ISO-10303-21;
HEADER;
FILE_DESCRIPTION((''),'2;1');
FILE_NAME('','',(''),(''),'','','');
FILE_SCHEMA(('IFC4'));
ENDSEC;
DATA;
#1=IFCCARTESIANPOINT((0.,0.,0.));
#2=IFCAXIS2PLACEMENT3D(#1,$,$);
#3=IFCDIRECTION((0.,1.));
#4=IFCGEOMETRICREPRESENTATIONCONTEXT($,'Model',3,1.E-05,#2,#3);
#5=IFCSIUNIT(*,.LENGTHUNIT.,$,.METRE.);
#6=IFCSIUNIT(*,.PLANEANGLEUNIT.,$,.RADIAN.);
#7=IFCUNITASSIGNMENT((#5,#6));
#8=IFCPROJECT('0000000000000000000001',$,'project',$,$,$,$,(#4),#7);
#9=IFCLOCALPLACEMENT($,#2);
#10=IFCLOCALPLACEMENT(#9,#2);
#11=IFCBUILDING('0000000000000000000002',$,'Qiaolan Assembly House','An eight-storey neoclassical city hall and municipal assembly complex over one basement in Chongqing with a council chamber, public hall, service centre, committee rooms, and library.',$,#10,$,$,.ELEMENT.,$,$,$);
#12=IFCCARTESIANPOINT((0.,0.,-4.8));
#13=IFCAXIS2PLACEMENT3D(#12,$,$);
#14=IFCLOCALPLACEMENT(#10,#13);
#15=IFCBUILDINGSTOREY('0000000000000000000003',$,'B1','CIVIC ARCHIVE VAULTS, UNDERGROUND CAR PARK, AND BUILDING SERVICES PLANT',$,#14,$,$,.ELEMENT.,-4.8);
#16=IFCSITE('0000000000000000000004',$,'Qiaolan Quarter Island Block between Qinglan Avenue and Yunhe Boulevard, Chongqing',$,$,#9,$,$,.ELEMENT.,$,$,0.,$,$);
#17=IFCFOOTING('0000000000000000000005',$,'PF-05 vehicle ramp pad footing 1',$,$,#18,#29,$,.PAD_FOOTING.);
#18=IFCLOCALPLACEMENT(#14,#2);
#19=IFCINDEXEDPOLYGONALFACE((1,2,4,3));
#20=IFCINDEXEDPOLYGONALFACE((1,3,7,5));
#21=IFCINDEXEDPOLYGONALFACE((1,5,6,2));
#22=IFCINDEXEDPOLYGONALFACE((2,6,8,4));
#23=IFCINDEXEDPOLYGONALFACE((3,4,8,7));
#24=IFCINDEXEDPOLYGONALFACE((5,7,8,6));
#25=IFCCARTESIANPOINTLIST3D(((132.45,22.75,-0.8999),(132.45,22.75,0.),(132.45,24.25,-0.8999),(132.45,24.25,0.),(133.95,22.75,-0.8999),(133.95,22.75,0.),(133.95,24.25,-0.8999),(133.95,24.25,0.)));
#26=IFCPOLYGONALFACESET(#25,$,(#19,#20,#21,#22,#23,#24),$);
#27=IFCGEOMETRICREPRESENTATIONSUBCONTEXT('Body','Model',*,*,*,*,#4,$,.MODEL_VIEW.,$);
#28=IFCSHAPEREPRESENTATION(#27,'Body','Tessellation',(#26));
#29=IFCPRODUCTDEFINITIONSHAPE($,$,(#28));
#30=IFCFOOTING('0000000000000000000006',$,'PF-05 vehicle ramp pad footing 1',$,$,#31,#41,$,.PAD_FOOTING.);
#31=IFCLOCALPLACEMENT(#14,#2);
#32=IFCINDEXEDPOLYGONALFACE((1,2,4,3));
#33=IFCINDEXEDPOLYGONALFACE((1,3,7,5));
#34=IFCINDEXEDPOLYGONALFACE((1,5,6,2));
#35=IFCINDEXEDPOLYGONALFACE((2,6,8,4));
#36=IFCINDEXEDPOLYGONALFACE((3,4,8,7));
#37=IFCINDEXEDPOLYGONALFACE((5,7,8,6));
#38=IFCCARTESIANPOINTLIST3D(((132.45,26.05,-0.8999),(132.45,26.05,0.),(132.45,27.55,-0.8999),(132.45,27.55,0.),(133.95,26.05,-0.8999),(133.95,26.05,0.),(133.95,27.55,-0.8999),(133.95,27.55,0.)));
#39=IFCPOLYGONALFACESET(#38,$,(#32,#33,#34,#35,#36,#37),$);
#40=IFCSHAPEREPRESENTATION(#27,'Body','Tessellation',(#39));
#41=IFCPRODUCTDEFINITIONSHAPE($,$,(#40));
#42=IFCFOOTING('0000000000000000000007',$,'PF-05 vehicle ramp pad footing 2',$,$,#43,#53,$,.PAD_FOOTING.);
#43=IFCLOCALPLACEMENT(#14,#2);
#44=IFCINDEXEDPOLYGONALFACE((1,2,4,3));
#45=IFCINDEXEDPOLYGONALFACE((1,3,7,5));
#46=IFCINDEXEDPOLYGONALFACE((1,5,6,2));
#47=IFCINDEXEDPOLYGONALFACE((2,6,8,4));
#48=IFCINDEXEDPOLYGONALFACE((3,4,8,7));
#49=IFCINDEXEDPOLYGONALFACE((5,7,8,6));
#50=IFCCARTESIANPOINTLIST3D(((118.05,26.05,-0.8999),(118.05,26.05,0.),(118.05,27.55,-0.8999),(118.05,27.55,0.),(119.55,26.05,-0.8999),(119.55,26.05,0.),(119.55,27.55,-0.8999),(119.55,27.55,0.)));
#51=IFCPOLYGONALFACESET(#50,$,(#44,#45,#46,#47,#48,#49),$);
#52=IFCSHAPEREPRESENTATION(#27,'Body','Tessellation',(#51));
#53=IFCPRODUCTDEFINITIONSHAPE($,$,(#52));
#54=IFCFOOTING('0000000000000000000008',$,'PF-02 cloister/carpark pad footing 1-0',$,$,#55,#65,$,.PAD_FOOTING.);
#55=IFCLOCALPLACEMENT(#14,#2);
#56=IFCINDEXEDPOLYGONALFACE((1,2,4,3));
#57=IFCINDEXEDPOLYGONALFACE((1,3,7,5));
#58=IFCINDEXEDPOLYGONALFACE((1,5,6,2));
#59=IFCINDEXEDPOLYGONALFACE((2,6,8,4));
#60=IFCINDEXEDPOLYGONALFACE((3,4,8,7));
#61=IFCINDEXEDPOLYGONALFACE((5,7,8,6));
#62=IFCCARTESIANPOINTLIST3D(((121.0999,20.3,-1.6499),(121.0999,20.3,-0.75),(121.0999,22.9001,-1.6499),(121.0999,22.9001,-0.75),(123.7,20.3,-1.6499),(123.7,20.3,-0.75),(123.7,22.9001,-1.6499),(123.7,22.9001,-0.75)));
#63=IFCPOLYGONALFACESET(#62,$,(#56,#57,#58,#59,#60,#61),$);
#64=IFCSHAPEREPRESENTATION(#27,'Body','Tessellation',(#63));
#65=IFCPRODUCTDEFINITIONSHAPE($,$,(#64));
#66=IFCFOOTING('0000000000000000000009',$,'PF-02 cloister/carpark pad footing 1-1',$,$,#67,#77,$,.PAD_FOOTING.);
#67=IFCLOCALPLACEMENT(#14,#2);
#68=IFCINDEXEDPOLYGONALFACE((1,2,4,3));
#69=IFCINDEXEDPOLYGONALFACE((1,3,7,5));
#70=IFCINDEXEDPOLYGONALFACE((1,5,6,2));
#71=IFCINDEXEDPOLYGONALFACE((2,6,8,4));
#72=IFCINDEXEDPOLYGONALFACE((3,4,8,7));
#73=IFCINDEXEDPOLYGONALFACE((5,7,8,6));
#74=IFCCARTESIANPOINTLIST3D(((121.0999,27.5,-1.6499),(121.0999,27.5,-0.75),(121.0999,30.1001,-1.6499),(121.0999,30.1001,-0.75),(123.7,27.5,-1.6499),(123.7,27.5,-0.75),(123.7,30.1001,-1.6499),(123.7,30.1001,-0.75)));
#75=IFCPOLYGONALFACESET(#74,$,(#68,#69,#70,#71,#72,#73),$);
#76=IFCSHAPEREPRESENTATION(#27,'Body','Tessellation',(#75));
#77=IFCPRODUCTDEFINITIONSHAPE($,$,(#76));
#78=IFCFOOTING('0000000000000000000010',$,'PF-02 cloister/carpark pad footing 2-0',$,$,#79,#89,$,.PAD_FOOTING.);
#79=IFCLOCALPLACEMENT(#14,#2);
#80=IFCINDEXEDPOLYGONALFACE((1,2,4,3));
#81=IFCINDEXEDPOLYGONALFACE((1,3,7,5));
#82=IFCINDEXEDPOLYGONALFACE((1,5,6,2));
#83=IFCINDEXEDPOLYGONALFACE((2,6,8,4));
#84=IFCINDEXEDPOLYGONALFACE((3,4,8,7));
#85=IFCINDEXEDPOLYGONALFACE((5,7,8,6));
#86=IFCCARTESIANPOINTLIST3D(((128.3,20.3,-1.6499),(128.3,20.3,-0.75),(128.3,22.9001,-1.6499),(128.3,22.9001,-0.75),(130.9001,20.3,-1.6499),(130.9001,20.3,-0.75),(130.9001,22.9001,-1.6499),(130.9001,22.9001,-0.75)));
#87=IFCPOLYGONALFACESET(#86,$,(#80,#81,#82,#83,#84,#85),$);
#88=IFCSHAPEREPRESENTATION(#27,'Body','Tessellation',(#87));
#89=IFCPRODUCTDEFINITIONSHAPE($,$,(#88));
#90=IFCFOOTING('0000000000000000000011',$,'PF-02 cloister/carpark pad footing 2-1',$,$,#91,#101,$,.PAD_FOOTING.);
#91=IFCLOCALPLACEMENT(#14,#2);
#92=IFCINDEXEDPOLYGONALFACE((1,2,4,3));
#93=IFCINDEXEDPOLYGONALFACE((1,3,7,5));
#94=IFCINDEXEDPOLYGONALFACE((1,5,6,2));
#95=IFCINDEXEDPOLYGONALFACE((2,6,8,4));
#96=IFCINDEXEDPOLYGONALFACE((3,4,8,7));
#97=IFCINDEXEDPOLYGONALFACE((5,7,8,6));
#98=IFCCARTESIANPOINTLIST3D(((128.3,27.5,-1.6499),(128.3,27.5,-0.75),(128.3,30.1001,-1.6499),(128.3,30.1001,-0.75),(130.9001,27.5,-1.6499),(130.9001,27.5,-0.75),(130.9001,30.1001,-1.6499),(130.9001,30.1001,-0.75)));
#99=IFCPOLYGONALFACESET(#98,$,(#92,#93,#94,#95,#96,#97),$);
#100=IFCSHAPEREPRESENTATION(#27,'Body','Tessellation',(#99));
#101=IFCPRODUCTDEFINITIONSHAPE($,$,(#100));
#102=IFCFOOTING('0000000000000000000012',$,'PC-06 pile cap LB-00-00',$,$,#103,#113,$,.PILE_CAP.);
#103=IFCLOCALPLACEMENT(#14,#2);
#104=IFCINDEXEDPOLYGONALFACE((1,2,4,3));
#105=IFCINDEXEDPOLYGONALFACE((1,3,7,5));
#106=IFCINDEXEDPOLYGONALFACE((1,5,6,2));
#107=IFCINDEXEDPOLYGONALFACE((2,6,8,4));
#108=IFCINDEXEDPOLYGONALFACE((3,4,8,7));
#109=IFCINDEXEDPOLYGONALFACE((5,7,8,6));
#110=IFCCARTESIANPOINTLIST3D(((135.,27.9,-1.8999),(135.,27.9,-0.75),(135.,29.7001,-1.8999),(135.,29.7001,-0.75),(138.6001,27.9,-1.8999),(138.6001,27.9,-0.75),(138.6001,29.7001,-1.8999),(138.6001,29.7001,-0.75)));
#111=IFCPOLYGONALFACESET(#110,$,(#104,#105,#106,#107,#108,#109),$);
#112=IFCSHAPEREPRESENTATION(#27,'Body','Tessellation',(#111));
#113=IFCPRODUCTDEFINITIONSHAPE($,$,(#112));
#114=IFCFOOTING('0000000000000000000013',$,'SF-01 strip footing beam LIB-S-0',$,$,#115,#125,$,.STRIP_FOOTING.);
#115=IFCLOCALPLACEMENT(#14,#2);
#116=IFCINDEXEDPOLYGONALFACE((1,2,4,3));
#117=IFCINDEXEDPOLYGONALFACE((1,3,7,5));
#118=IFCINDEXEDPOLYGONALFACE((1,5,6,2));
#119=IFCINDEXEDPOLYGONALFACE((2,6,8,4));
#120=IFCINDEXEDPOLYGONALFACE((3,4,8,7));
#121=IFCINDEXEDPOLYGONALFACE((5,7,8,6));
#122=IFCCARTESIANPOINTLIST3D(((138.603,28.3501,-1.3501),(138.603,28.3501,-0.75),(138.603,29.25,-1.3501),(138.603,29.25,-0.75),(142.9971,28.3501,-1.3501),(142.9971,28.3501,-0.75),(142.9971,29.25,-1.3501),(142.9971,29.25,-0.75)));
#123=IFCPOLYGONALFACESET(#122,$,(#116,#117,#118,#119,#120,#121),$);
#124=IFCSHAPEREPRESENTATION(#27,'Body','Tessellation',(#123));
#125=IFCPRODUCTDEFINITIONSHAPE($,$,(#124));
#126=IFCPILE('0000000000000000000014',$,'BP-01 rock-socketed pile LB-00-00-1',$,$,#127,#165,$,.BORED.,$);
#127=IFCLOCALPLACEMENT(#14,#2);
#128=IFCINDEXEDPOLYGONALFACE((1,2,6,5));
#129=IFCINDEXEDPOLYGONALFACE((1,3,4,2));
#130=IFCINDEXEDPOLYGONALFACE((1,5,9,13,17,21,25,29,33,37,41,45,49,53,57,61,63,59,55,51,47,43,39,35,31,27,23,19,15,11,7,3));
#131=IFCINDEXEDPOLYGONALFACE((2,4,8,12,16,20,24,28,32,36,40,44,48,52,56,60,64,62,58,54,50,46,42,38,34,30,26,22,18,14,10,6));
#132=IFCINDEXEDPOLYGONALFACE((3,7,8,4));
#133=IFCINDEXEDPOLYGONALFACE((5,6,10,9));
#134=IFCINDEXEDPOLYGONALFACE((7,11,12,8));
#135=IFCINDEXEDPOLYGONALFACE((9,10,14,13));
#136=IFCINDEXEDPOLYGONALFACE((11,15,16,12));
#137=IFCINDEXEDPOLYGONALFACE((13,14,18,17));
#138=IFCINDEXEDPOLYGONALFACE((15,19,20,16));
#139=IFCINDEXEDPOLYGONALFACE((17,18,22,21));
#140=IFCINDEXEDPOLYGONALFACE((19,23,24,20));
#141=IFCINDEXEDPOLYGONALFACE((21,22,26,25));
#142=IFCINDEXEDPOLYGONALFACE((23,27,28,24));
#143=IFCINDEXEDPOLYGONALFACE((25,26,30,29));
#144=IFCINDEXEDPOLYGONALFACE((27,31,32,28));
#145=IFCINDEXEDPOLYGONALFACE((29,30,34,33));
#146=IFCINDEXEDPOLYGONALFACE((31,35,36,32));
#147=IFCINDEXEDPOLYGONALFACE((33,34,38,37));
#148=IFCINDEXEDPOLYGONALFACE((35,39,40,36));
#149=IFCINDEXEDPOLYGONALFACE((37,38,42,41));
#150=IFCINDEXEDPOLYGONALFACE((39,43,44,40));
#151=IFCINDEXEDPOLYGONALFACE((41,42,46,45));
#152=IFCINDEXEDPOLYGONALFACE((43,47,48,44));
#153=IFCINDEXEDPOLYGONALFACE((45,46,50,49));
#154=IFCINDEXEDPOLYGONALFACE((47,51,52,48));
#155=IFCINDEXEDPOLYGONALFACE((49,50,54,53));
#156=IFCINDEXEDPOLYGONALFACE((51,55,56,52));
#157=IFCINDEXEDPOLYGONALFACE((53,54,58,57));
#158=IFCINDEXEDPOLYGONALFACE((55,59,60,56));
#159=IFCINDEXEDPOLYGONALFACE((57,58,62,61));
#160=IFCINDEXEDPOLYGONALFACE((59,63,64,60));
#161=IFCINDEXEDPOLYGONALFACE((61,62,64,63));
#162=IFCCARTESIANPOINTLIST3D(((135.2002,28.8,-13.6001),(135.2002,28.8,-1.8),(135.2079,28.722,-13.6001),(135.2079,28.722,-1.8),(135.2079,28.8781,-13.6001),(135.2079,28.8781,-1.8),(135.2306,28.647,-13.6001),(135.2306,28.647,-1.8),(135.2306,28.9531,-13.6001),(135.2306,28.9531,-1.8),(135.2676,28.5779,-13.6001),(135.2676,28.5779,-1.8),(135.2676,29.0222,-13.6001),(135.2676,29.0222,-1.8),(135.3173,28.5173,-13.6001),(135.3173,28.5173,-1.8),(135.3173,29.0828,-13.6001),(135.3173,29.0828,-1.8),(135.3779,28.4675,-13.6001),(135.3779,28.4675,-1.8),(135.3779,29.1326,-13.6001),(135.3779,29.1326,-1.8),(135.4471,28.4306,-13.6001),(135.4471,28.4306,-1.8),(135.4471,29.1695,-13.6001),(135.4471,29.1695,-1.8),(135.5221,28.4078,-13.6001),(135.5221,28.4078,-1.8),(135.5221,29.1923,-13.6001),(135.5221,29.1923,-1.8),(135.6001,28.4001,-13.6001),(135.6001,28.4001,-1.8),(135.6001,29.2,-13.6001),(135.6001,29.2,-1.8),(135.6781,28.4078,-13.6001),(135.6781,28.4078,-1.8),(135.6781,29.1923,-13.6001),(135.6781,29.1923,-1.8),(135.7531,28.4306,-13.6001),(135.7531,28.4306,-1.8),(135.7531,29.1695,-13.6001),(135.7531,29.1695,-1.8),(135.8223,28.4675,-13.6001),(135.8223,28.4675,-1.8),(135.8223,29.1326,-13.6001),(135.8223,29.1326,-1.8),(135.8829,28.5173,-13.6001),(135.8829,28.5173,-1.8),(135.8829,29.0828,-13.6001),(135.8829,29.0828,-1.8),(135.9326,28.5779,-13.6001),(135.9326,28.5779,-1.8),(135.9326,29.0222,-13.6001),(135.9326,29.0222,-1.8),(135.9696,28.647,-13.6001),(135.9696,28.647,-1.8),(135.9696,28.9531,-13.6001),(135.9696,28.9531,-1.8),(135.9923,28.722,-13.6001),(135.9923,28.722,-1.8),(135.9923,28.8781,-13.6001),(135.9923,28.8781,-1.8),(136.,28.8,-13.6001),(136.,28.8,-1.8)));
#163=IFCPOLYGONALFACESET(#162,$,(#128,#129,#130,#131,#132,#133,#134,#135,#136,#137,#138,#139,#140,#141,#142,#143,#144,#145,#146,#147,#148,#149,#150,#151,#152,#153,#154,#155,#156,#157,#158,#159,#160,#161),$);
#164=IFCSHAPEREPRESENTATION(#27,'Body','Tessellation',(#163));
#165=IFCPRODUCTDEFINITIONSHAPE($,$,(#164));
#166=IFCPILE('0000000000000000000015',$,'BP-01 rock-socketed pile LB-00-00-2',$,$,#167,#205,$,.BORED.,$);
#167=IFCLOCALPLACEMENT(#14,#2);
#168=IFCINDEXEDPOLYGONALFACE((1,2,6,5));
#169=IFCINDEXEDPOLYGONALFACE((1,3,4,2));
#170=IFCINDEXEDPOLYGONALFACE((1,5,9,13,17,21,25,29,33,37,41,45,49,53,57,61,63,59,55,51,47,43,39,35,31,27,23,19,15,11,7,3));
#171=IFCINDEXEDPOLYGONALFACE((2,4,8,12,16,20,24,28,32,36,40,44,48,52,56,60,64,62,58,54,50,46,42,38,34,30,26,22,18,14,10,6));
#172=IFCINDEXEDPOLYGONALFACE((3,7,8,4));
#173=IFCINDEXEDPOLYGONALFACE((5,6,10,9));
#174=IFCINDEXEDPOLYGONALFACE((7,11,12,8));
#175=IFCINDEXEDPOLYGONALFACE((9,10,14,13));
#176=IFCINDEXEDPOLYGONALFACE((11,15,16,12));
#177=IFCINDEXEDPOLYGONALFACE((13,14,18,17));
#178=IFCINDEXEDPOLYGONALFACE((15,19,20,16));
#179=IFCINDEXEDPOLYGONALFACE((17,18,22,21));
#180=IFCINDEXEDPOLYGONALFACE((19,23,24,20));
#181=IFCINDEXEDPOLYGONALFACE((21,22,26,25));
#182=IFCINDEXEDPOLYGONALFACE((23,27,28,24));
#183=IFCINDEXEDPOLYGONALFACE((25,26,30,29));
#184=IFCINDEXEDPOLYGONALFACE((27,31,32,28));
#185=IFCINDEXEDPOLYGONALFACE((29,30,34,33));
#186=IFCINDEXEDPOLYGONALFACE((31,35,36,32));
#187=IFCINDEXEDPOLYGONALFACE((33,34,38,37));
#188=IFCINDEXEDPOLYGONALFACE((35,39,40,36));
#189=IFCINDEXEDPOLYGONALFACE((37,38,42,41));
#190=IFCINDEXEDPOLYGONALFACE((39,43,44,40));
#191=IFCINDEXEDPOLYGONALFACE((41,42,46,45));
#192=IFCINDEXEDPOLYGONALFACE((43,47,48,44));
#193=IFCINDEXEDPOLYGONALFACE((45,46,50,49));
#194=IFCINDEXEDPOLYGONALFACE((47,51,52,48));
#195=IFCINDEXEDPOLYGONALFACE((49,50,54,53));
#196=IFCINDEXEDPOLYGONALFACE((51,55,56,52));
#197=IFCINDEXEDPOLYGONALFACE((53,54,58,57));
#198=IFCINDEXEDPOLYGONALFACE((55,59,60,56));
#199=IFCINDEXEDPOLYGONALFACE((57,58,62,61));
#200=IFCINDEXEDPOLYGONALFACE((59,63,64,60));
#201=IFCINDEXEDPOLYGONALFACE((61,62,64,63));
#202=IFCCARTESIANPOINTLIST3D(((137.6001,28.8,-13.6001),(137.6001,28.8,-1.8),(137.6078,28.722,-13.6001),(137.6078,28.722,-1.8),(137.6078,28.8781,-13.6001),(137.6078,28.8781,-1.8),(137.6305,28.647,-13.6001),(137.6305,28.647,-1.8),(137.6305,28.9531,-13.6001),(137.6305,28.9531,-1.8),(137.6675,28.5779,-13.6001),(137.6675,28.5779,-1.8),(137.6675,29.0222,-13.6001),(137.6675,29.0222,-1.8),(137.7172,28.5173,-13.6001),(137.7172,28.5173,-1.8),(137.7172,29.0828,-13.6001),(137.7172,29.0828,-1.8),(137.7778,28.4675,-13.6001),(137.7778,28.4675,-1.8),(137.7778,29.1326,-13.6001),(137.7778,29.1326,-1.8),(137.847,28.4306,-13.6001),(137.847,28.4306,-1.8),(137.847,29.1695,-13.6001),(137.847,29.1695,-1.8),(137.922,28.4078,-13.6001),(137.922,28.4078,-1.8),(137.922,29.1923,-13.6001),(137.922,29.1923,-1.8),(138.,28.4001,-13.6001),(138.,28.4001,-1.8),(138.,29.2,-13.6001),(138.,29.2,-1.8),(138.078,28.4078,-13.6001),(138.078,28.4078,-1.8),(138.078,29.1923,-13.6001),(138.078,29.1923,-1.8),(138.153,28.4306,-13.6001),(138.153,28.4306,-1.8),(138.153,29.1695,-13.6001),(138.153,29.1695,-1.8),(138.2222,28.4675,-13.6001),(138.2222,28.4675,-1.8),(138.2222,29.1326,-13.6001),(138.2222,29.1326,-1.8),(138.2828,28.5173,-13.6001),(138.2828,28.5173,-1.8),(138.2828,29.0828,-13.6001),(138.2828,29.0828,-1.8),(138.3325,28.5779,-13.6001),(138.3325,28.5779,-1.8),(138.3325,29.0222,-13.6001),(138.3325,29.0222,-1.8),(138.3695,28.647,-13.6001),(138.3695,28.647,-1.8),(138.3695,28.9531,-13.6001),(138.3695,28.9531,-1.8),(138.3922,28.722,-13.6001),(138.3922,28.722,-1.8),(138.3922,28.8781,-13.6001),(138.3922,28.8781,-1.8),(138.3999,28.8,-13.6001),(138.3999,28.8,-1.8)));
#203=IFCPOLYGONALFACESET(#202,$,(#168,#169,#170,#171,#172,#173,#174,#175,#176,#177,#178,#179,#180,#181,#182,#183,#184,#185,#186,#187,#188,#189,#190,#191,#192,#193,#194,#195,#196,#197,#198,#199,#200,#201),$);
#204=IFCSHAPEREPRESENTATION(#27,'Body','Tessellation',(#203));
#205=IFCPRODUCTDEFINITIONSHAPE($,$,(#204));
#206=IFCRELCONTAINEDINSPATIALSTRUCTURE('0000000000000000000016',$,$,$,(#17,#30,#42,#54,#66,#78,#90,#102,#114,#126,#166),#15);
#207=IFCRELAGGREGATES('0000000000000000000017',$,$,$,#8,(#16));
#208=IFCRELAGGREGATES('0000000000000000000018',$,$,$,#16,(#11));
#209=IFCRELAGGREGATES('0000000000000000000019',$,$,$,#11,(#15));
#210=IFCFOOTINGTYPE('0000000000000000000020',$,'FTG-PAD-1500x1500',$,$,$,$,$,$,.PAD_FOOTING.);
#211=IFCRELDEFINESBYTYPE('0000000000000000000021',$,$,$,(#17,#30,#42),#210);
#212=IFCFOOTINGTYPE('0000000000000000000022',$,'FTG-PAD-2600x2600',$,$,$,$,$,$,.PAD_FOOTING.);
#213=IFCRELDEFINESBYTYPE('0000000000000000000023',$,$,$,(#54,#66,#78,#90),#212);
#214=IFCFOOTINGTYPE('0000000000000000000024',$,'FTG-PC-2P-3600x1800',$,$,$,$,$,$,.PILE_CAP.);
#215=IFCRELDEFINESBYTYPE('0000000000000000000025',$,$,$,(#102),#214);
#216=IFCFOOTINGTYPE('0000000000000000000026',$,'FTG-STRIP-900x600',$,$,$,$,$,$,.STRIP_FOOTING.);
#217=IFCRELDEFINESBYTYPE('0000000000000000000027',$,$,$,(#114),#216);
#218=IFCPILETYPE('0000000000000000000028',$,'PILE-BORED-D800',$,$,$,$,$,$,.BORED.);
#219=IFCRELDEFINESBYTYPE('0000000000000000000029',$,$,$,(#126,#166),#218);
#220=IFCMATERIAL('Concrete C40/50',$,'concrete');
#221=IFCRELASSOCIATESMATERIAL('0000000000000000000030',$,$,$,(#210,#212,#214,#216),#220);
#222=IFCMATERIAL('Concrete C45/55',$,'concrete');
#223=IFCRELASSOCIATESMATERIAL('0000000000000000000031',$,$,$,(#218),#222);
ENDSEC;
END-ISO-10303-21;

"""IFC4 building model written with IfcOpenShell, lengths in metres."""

from ifc_helpers import new_model, si_unit, direction, frame, origin, origin_2d, place, context, subcontext, project, spatial, rectangle, circle, extrude, material, material_profile, profile_set, type_object, element, save


model = new_model("IFC4")

# Units and contexts
model_context = context("Model", 3, precision=1e-05, world=origin(), true_north=direction((0.0, 1.0)))
body_context = subcontext(model_context, "Body", "Model", "MODEL_VIEW")
ifc_project = project(units=[si_unit("LENGTHUNIT", "METRE"), si_unit("PLANEANGLEUNIT", "RADIAN")], contexts=[model_context])

# Site, building, storey
site_placement = place(None, origin())
site = spatial("IfcSite", under=ifc_project, at=site_placement, Name="Qiaolan Quarter Island Block between Qinglan Avenue and Yunhe Boulevard, Chongqing", CompositionType="ELEMENT", RefElevation=0.0)
building_placement = place(site_placement, origin())
building = spatial("IfcBuilding", under=site, at=building_placement, Name="Qiaolan Assembly House", Description="An eight-storey neoclassical city hall and municipal assembly complex over one basement in Chongqing with a council chamber, public hall, service centre, committee rooms, and library.", CompositionType="ELEMENT")
storey_placement = place(building_placement, frame((0.0, 0.0, -4.8)))
storey = spatial("IfcBuildingStorey", under=building, at=storey_placement, Name="B1", Description="CIVIC ARCHIVE VAULTS, UNDERGROUND CAR PARK, AND BUILDING SERVICES PLANT", CompositionType="ELEMENT", Elevation=-4.8)

# Footings
ifc_material_1 = material(Name="Concrete C40/50", Category="concrete")
footing_type_1 = type_object("IfcFootingType", Name="FTG-PAD-1500x1500", PredefinedType="PAD_FOOTING", material=ifc_material_1)
for number, where, z_axis, x_axis, name in (
    (1, (133.2, 23.5, -0.8999), (0.0, 0.0, 1.0), (1.0, 0.0, 0.0), "PF-05 vehicle ramp pad footing 1"),
    (2, (133.2, 26.8, -0.8999), (0.0, 0.0, 1.0), (1.0, 0.0, 0.0), "PF-05 vehicle ramp pad footing 1"),
    (3, (118.8, 26.8, -0.8999), (0.0, 0.0, 1.0), (1.0, 0.0, 0.0), "PF-05 vehicle ramp pad footing 2"),
):
    element("IfcFooting", number, at=place(storey_placement, frame(where, z_axis=z_axis, x_axis=x_axis)), inside=storey, type_object=footing_type_1, Name=name, PredefinedType="PAD_FOOTING", context=body_context, shape_type="SweptSolid", body=[
        extrude(rectangle(XDim=1.5, YDim=1.5, at=origin_2d()), origin(), (0.0, 0.0, 1.0), 0.8999),
    ])
footing_type_2 = type_object("IfcFootingType", Name="FTG-PAD-2600x2600", PredefinedType="PAD_FOOTING", material=ifc_material_1)
for number, where, z_axis, x_axis, name in (
    (4, (122.3999, 21.6001, -1.6499), (0.0, 0.0, 1.0), (1.0, 0.0, 0.0), "PF-02 cloister/carpark pad footing 1-0"),
    (5, (122.3999, 28.8, -1.6499), (0.0, 0.0, 1.0), (1.0, 0.0, 0.0), "PF-02 cloister/carpark pad footing 1-1"),
    (6, (129.6001, 21.6001, -1.6499), (0.0, 0.0, 1.0), (1.0, 0.0, 0.0), "PF-02 cloister/carpark pad footing 2-0"),
    (7, (129.6001, 28.8, -1.6499), (0.0, 0.0, 1.0), (1.0, 0.0, 0.0), "PF-02 cloister/carpark pad footing 2-1"),
):
    element("IfcFooting", number, at=place(storey_placement, frame(where, z_axis=z_axis, x_axis=x_axis)), inside=storey, type_object=footing_type_2, Name=name, PredefinedType="PAD_FOOTING", context=body_context, shape_type="SweptSolid", body=[
        extrude(rectangle(XDim=2.6001, YDim=2.6001, at=origin_2d()), origin(), (0.0, 0.0, 1.0), 0.8999),
    ])
footing_type_3 = type_object("IfcFootingType", Name="FTG-PC-2P-3600x1800", PredefinedType="PILE_CAP", material=ifc_material_1)
footing_1_placement = place(storey_placement, frame((136.8, 28.8, -1.8999), z_axis=(0.0, 0.0, 1.0), x_axis=(1.0, 0.0, 0.0)))
element("IfcFooting", 8, at=footing_1_placement, inside=storey, type_object=footing_type_3, Name="PC-06 pile cap LB-00-00", PredefinedType="PILE_CAP", context=body_context, shape_type="SweptSolid", body=[
    extrude(rectangle(XDim=3.6001, YDim=1.8, at=origin_2d()), origin(), (0.0, 0.0, 1.0), 1.1499),
])
ifc_material_profile_1 = material_profile(ifc_material_1, rectangle(XDim=0.8999, YDim=0.6001, at=origin_2d()), Name="SF 900x600")
ifc_profile_set_1 = profile_set([ifc_material_profile_1], Name="Concrete C40/50")
footing_type_4 = type_object("IfcFootingType", Name="FTG-STRIP-900x600", PredefinedType="STRIP_FOOTING", material=ifc_profile_set_1)
footing_2_placement = place(storey_placement, frame((138.603, 28.8, -1.05), z_axis=(1.0, 0.0, 0.0), x_axis=(0.0, 1.0, 0.0)))
element("IfcFooting", 9, at=footing_2_placement, inside=storey, type_object=footing_type_4, Name="SF-01 strip footing beam LIB-S-0", PredefinedType="STRIP_FOOTING", context=body_context, shape_type="SweptSolid", body=[
    extrude(rectangle(XDim=0.8999, YDim=0.6001, at=origin_2d()), origin(), (0.0, 0.0, 1.0), 4.394),
])

# Piles
ifc_material_2 = material(Name="Concrete C45/55", Category="concrete")
ifc_material_profile_2 = material_profile(ifc_material_2, circle(Radius=0.3999, at=origin_2d()), Name="PILE D800")
ifc_profile_set_2 = profile_set([ifc_material_profile_2], Name="Concrete C45/55")
pile_type = type_object("IfcPileType", Name="PILE-BORED-D800", PredefinedType="BORED", material=ifc_profile_set_2)
for number, where, z_axis, x_axis, name in (
    (10, (135.6001, 28.8, -1.8), (0.0, 0.0, -1.0), (1.0, 0.0, 0.0), "BP-01 rock-socketed pile LB-00-00-1"),
    (11, (138.0, 28.8, -1.8), (0.0, 0.0, -1.0), (1.0, 0.0, 0.0), "BP-01 rock-socketed pile LB-00-00-2"),
):
    element("IfcPile", number, at=place(storey_placement, frame(where, z_axis=z_axis, x_axis=x_axis)), inside=storey, type_object=pile_type, Name=name, PredefinedType="BORED", context=body_context, shape_type="SweptSolid", body=[
        extrude(circle(Radius=0.3999, at=origin_2d()), origin(), (0.0, 0.0, 1.0), 11.8),
    ])

save(model, "model.ifc")
